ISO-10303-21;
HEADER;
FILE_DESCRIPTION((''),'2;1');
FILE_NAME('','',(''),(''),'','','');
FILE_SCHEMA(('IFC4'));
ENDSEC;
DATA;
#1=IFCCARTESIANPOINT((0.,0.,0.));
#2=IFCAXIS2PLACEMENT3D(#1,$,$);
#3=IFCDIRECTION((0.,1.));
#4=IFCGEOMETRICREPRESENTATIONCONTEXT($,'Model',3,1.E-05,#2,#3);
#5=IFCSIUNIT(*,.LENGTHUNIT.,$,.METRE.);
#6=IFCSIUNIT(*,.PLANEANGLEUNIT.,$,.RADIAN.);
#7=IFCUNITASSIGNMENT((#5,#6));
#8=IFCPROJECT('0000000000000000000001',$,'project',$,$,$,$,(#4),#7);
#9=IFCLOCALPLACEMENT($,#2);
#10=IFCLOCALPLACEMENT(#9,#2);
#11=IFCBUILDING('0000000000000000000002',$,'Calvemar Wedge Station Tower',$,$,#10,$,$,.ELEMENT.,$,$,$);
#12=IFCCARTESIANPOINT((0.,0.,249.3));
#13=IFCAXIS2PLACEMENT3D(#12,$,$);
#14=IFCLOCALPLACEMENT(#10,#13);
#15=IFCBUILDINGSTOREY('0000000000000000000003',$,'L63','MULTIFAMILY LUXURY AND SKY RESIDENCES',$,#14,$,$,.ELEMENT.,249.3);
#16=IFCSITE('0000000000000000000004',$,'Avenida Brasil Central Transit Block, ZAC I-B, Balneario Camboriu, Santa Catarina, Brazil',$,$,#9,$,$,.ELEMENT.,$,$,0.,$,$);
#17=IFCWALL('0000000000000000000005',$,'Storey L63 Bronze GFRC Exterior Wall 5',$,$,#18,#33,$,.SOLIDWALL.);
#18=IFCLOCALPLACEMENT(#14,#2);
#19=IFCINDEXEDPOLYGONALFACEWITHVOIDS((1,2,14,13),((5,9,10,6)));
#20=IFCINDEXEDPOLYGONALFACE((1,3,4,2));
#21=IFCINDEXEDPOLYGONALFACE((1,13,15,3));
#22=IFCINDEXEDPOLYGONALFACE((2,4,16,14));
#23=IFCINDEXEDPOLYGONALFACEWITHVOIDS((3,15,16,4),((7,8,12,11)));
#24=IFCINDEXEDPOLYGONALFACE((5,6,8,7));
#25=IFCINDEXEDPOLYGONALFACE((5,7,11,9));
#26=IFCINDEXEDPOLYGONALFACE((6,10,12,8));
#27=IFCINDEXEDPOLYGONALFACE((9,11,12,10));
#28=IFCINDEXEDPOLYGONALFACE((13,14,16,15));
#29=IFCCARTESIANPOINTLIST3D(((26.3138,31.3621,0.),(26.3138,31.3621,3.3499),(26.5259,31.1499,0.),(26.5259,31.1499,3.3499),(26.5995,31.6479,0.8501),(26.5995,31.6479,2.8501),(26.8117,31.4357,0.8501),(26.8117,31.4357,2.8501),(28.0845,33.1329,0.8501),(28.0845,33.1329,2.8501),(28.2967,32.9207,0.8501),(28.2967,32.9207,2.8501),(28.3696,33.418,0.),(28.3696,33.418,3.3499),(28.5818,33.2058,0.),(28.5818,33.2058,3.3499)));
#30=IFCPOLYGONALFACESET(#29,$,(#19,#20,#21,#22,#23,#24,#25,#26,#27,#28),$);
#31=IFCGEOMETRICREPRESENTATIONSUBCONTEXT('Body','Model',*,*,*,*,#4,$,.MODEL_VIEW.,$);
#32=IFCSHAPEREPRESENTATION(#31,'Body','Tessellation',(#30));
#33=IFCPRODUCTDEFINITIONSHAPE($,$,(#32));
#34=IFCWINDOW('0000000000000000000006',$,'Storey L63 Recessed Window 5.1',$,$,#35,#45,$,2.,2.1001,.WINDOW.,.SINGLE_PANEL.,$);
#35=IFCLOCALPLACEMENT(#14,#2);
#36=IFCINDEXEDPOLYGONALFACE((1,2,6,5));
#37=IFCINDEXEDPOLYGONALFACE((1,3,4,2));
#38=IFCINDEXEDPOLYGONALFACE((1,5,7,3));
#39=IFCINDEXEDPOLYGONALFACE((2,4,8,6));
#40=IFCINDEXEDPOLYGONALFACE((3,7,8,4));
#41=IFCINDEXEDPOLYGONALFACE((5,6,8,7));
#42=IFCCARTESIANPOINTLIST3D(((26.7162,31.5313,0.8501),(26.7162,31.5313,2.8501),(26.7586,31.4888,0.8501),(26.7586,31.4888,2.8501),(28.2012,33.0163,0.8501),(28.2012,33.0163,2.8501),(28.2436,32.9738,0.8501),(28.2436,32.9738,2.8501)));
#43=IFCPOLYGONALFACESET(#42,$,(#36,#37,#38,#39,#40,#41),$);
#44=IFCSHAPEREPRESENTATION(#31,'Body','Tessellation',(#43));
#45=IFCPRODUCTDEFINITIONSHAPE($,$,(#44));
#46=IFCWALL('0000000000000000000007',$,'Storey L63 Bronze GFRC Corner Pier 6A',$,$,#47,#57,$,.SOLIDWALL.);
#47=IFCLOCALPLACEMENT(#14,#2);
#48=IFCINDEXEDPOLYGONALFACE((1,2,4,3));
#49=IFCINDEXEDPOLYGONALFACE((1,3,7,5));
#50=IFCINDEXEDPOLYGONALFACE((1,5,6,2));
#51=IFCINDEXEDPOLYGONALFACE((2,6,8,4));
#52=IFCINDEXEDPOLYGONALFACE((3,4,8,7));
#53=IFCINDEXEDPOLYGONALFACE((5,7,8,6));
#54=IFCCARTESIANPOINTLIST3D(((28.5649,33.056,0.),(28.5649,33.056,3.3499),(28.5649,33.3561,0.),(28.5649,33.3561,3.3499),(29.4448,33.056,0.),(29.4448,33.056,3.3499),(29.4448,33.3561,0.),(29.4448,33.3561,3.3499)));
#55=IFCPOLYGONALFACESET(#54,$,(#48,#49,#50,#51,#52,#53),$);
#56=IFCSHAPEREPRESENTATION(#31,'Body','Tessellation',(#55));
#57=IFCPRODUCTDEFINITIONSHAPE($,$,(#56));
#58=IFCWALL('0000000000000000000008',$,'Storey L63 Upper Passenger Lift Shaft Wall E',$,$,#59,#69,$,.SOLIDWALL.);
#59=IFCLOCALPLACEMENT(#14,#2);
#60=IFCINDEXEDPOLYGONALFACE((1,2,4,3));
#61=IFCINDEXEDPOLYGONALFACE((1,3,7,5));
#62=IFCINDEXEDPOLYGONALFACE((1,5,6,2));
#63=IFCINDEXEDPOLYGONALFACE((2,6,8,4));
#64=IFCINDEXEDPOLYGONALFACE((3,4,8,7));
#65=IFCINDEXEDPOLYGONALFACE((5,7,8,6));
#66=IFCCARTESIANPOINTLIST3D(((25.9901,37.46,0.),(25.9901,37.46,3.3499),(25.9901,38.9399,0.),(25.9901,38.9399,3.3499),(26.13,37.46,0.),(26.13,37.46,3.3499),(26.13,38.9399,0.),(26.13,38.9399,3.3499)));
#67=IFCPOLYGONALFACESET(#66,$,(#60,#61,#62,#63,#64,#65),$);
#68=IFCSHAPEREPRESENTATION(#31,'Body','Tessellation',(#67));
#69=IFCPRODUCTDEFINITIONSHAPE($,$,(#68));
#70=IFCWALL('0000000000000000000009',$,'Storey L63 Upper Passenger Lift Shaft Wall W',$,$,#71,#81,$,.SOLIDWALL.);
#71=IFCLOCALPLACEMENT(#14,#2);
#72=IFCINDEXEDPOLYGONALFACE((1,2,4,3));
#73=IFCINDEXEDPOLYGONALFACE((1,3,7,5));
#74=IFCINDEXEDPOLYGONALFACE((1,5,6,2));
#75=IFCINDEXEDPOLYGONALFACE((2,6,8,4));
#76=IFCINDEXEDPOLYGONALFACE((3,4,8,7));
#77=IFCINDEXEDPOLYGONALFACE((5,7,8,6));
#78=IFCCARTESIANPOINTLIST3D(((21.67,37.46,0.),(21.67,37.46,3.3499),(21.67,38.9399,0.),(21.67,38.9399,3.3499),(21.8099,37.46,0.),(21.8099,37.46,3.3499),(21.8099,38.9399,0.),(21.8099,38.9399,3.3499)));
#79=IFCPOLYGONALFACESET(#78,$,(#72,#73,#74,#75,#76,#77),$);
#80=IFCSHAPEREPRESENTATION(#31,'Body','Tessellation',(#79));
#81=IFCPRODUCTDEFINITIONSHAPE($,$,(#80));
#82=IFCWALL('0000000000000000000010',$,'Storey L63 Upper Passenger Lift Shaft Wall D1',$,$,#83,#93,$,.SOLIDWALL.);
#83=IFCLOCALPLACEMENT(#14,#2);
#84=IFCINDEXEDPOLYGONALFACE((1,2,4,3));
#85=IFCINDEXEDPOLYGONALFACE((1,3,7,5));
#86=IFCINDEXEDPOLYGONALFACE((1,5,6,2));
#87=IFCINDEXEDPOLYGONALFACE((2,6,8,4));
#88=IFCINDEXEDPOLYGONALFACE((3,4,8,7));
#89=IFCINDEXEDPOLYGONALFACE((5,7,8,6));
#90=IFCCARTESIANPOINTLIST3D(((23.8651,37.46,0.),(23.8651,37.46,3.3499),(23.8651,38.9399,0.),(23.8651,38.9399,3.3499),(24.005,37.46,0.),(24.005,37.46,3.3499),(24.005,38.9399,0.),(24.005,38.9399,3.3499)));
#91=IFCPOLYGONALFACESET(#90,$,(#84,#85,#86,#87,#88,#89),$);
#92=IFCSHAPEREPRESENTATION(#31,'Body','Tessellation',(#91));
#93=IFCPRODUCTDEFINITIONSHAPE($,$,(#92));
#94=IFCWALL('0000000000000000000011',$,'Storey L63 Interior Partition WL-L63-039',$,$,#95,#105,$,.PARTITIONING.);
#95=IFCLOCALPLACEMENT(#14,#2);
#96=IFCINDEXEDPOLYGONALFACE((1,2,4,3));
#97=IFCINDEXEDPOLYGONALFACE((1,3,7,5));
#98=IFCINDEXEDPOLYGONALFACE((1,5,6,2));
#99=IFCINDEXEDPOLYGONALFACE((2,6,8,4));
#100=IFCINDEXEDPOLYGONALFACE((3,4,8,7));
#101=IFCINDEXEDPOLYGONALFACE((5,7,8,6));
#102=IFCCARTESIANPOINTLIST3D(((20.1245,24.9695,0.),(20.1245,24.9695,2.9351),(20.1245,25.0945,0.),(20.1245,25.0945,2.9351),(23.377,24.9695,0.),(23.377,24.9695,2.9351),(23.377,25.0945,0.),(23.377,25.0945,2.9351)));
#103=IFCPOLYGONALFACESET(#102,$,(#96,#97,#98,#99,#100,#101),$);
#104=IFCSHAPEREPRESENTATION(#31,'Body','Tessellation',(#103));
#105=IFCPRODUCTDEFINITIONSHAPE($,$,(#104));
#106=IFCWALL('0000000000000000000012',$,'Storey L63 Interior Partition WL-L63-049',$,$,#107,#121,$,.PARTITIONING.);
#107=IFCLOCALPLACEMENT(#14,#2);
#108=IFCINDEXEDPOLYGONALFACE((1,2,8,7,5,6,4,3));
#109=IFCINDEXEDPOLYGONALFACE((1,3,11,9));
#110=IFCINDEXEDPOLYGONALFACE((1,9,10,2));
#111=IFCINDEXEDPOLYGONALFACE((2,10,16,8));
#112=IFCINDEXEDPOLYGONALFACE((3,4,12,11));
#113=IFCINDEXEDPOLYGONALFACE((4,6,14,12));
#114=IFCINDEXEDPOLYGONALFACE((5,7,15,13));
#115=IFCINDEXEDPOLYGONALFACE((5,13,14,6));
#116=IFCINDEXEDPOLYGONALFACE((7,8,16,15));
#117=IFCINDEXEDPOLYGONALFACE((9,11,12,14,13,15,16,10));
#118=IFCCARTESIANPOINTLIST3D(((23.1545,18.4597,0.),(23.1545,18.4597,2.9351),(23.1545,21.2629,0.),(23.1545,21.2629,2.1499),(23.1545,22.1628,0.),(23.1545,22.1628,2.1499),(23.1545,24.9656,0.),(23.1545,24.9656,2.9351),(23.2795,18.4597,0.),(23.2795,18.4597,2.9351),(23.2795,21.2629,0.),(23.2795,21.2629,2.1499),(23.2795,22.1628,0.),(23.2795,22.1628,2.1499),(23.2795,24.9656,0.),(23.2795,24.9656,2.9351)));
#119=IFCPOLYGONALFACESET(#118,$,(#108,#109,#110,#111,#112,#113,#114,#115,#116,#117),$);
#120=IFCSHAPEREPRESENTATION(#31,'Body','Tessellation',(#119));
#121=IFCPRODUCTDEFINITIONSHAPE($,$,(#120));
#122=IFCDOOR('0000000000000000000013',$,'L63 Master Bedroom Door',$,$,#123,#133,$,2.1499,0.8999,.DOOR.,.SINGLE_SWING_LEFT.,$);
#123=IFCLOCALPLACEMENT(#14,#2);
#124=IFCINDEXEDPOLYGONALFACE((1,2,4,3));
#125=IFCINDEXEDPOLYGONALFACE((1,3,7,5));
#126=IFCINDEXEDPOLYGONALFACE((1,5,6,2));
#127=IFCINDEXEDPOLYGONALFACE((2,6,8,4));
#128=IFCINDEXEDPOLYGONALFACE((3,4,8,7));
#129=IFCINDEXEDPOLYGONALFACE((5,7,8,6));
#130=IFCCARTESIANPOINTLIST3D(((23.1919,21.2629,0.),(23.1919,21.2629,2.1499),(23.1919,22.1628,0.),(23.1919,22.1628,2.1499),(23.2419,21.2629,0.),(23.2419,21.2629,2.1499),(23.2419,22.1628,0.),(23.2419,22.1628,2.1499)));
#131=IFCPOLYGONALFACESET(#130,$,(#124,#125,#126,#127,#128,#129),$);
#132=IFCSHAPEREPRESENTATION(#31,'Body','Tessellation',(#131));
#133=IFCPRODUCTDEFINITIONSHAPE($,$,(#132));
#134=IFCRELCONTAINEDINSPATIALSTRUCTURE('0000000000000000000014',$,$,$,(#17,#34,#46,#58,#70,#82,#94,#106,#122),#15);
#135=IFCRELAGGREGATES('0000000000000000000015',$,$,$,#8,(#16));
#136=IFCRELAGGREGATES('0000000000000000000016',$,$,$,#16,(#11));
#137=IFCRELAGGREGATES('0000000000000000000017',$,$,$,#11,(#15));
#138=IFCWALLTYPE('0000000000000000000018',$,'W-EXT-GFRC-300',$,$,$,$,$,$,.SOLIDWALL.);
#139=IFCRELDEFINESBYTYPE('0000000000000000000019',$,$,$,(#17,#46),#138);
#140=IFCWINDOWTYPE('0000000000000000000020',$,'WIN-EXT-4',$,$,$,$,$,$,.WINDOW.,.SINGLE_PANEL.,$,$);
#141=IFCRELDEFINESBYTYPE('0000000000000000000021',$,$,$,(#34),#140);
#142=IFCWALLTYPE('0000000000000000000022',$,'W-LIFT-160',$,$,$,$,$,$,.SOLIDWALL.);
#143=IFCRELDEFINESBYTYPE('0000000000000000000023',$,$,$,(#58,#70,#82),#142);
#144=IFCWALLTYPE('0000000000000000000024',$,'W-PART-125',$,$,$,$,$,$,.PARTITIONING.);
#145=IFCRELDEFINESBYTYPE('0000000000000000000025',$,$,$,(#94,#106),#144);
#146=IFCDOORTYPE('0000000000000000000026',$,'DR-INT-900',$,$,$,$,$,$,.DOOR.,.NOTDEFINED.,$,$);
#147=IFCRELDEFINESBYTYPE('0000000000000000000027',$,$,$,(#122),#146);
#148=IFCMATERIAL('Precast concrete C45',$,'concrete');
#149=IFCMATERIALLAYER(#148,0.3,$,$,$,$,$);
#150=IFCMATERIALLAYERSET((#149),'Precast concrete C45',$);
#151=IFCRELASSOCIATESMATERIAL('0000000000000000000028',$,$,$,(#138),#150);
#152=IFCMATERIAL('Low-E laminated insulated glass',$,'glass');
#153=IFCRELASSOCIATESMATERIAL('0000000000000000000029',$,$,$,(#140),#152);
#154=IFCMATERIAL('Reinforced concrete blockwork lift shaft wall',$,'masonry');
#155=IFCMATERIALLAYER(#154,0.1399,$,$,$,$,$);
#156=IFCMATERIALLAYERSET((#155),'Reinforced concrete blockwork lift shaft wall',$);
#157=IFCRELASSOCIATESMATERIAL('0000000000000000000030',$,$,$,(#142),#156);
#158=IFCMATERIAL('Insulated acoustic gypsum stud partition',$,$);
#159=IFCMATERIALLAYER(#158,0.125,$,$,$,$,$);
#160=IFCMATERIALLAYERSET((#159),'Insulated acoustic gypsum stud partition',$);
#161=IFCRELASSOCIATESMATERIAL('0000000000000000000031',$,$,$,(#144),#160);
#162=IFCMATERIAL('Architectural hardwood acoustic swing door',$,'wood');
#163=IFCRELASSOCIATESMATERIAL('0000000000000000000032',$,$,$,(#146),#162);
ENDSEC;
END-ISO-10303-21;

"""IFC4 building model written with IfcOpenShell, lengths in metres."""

from ifc_helpers import new_model, si_unit, direction, frame, frame_2d, origin, place, context, subcontext, project, spatial, rectangle, extrude, source, transform, mapped, material, layer, layer_set, type_object, element, fill, save


model = new_model("IFC4")

# Units and contexts
model_context = context("Model", 3, precision=1e-05, world=origin(), true_north=direction((0.0, 1.0)))
body_context = subcontext(model_context, "Body", "Model", "MODEL_VIEW")
ifc_project = project(units=[si_unit("LENGTHUNIT", "METRE"), si_unit("PLANEANGLEUNIT", "RADIAN")], contexts=[model_context])

# Site, building, storey
site_placement = place(None, origin())
site = spatial("IfcSite", under=ifc_project, at=site_placement, Name="Avenida Brasil Central Transit Block, ZAC I-B, Balneario Camboriu, Santa Catarina, Brazil", CompositionType="ELEMENT", RefElevation=0.0)
building_placement = place(site_placement, origin())
building = spatial("IfcBuilding", under=site, at=building_placement, Name="Calvemar Wedge Station Tower", CompositionType="ELEMENT")
storey_placement = place(building_placement, frame((0.0, 0.0, 249.3)))
storey = spatial("IfcBuildingStorey", under=building, at=storey_placement, Name="L63", Description="MULTIFAMILY LUXURY AND SKY RESIDENCES", CompositionType="ELEMENT", Elevation=249.3)

# Shared definitions
ifc_material_1 = material(Name="Precast concrete C45", Category="concrete")
ifc_layer_1 = layer(ifc_material_1, 0.3)
ifc_layer_set_1 = layer_set([ifc_layer_1], Name="Precast concrete C45")
wall_type_1 = type_object("IfcWallType", Name="W-EXT-GFRC-300", PredefinedType="SOLIDWALL", material=ifc_layer_set_1)
ifc_material_2 = material(Name="Low-E laminated insulated glass", Category="glass")

# Shared definitions
shared_shape_1 = source(origin(), body_context, "Body", "SweptSolid", [
    extrude(rectangle(XDim=2.1001, YDim=2.0, at=frame_2d((1.05, 1.0))), frame((0.0, 0.1602, 0.0), z_axis=(0.0, -1.0, 0.0), x_axis=(1.0, 0.0, 0.0)), (0.0, 0.0, 1.0), 0.3201),
])
window_type_1 = type_object("IfcWindowType", Name="WIN-EXT-4", PartitioningType="SINGLE_PANEL", PredefinedType="WINDOW", material=ifc_material_2)
shared_shape_2 = source(origin(), body_context, "Body", "SweptSolid", [
    extrude(rectangle(XDim=2.1001, YDim=2.0, at=frame_2d((1.05, 1.0))), frame((0.0, -0.0149, 0.0), z_axis=(0.0, -1.0, 0.0), x_axis=(1.0, 0.0, 0.0)), (0.0, 0.0, 1.0), 0.0601),
])

# Wall, opening, window
wall_1_placement = place(storey_placement, frame((26.4199, 31.2561, 0.0), z_axis=(0.0, 0.0, 1.0), x_axis=(0.707107, 0.707107, 0.0)))
wall_1 = element("IfcWall", 1, at=wall_1_placement, inside=storey, type_object=wall_type_1, Name="Storey L63 Bronze GFRC Exterior Wall 5", PredefinedType="SOLIDWALL", context=body_context, shape_type="SweptSolid", body=[
    extrude(rectangle(XDim=2.9075, YDim=0.3, at=frame_2d((1.4536, 0.0))), origin(), (0.0, 0.0, 1.0), 3.3499),
])
opening_1_placement = place(wall_1_placement, frame((0.4041, 0.0, 0.8501)))
opening_1 = element("IfcOpeningElement", 2, at=opening_1_placement, cuts=wall_1, PredefinedType="OPENING", context=body_context, shape_type="MappedRepresentation", body=[
    mapped(shared_shape_1, transform((0.0, 0.0, 0.0), scale=1.0)),
])
window_1_placement = place(opening_1_placement, origin())
window_1 = element("IfcWindow", 3, at=window_1_placement, inside=storey, type_object=window_type_1, Name="Storey L63 Recessed Window 5.1", OverallHeight=2.0, OverallWidth=2.1001, PartitioningType="SINGLE_PANEL", PredefinedType="WINDOW", context=body_context, shape_type="MappedRepresentation", body=[
    mapped(shared_shape_2, transform((0.0, 0.0, 0.0), scale=1.0)),
])
fill(opening_1, window_1)

# Wall
wall_2_placement = place(storey_placement, frame((28.5649, 33.2061, 0.0), z_axis=(0.0, 0.0, 1.0), x_axis=(1.0, 0.0, 0.0)))
element("IfcWall", 4, at=wall_2_placement, inside=storey, type_object=wall_type_1, Name="Storey L63 Bronze GFRC Corner Pier 6A", PredefinedType="SOLIDWALL", context=body_context, shape_type="SweptSolid", body=[
    extrude(rectangle(XDim=0.8799, YDim=0.3, at=frame_2d((0.4399, 0.0))), origin(), (0.0, 0.0, 1.0), 3.3499),
])

# Shared definitions
ifc_material_3 = material(Name="Reinforced concrete blockwork lift shaft wall", Category="masonry")
ifc_layer_2 = layer(ifc_material_3, 0.1399)
ifc_layer_set_2 = layer_set([ifc_layer_2], Name="Reinforced concrete blockwork lift shaft wall")
wall_type_2 = type_object("IfcWallType", Name="W-LIFT-160", PredefinedType="SOLIDWALL", material=ifc_layer_set_2)

# Walls
for number, where, z_axis, x_axis, name in (
    (5, (26.0601, 37.46, 0.0), (0.0, 0.0, 1.0), (0.0, 1.0, 0.0), "Storey L63 Upper Passenger Lift Shaft Wall E"),
    (6, (21.74, 37.46, 0.0), (0.0, 0.0, 1.0), (0.0, 1.0, 0.0), "Storey L63 Upper Passenger Lift Shaft Wall W"),
    (7, (23.9351, 37.46, 0.0), (0.0, 0.0, 1.0), (0.0, 1.0, 0.0), "Storey L63 Upper Passenger Lift Shaft Wall D1"),
):
    element("IfcWall", number, at=place(storey_placement, frame(where, z_axis=z_axis, x_axis=x_axis)), inside=storey, type_object=wall_type_2, Name=name, PredefinedType="SOLIDWALL", context=body_context, shape_type="SweptSolid", body=[
        extrude(rectangle(XDim=1.48, YDim=0.1399, at=frame_2d((0.74, 0.0))), origin(), (0.0, 0.0, 1.0), 3.3499),
    ])
ifc_material_4 = material(Name="Insulated acoustic gypsum stud partition")
ifc_layer_3 = layer(ifc_material_4, 0.125)
ifc_layer_set_3 = layer_set([ifc_layer_3], Name="Insulated acoustic gypsum stud partition")
wall_type_3 = type_object("IfcWallType", Name="W-PART-125", PredefinedType="PARTITIONING", material=ifc_layer_set_3)
wall_3_placement = place(storey_placement, frame((23.377, 25.032, 0.0), z_axis=(0.0, 0.0, 1.0), x_axis=(-1.0, 0.0, 0.0)))
element("IfcWall", 8, at=wall_3_placement, inside=storey, type_object=wall_type_3, Name="Storey L63 Interior Partition WL-L63-039", PredefinedType="PARTITIONING", context=body_context, shape_type="SweptSolid", body=[
    extrude(rectangle(XDim=3.2524, YDim=0.125, at=frame_2d((1.6262, 0.0))), origin(), (0.0, 0.0, 1.0), 2.9351),
])

# Wall, opening, door
wall_4_placement = place(storey_placement, frame((23.217, 24.9656, 0.0), z_axis=(0.0, 0.0, 1.0), x_axis=(0.0, -1.0, 0.0)))
wall_4 = element("IfcWall", 9, at=wall_4_placement, inside=storey, type_object=wall_type_3, Name="Storey L63 Interior Partition WL-L63-049", PredefinedType="PARTITIONING", context=body_context, shape_type="SweptSolid", body=[
    extrude(rectangle(XDim=6.5059, YDim=0.125, at=frame_2d((3.2529, 0.0))), origin(), (0.0, 0.0, 1.0), 2.9351),
])
shared_shape_3 = source(origin(), body_context, "Body", "SweptSolid", [
    extrude(rectangle(XDim=0.8999, YDim=2.1499, at=frame_2d((0.45, 1.075))), frame((0.0, 0.0725, 0.0), z_axis=(0.0, -1.0, 0.0), x_axis=(1.0, 0.0, 0.0)), (0.0, 0.0, 1.0), 0.145),
])
opening_2_placement = place(wall_4_placement, frame((2.8027, 0.0, 0.0)))
opening_2 = element("IfcOpeningElement", 10, at=opening_2_placement, cuts=wall_4, PredefinedType="OPENING", context=body_context, shape_type="MappedRepresentation", body=[
    mapped(shared_shape_3, transform((0.0, 0.0, 0.0), scale=1.0)),
])
ifc_material_5 = material(Name="Architectural hardwood acoustic swing door", Category="wood")
door_type_1 = type_object("IfcDoorType", Name="DR-INT-900", OperationType="NOTDEFINED", PredefinedType="DOOR", material=ifc_material_5)
shared_shape_4 = source(origin(), body_context, "Body", "SweptSolid", [
    extrude(rectangle(XDim=0.8999, YDim=2.1499, at=frame_2d((0.45, 1.075))), frame((0.0, 0.0249, 0.0), z_axis=(0.0, -1.0, 0.0), x_axis=(1.0, 0.0, 0.0)), (0.0, 0.0, 1.0), 0.05),
])
door_1_placement = place(opening_2_placement, origin())
door_1 = element("IfcDoor", 11, at=door_1_placement, inside=storey, type_object=door_type_1, Name="L63 Master Bedroom Door", OperationType="SINGLE_SWING_LEFT", OverallHeight=2.1499, OverallWidth=0.8999, PredefinedType="DOOR", context=body_context, shape_type="MappedRepresentation", body=[
    mapped(shared_shape_4, transform((0.0, 0.0, 0.0), scale=1.0)),
])
fill(opening_2, door_1)

save(model, "model.ifc")
